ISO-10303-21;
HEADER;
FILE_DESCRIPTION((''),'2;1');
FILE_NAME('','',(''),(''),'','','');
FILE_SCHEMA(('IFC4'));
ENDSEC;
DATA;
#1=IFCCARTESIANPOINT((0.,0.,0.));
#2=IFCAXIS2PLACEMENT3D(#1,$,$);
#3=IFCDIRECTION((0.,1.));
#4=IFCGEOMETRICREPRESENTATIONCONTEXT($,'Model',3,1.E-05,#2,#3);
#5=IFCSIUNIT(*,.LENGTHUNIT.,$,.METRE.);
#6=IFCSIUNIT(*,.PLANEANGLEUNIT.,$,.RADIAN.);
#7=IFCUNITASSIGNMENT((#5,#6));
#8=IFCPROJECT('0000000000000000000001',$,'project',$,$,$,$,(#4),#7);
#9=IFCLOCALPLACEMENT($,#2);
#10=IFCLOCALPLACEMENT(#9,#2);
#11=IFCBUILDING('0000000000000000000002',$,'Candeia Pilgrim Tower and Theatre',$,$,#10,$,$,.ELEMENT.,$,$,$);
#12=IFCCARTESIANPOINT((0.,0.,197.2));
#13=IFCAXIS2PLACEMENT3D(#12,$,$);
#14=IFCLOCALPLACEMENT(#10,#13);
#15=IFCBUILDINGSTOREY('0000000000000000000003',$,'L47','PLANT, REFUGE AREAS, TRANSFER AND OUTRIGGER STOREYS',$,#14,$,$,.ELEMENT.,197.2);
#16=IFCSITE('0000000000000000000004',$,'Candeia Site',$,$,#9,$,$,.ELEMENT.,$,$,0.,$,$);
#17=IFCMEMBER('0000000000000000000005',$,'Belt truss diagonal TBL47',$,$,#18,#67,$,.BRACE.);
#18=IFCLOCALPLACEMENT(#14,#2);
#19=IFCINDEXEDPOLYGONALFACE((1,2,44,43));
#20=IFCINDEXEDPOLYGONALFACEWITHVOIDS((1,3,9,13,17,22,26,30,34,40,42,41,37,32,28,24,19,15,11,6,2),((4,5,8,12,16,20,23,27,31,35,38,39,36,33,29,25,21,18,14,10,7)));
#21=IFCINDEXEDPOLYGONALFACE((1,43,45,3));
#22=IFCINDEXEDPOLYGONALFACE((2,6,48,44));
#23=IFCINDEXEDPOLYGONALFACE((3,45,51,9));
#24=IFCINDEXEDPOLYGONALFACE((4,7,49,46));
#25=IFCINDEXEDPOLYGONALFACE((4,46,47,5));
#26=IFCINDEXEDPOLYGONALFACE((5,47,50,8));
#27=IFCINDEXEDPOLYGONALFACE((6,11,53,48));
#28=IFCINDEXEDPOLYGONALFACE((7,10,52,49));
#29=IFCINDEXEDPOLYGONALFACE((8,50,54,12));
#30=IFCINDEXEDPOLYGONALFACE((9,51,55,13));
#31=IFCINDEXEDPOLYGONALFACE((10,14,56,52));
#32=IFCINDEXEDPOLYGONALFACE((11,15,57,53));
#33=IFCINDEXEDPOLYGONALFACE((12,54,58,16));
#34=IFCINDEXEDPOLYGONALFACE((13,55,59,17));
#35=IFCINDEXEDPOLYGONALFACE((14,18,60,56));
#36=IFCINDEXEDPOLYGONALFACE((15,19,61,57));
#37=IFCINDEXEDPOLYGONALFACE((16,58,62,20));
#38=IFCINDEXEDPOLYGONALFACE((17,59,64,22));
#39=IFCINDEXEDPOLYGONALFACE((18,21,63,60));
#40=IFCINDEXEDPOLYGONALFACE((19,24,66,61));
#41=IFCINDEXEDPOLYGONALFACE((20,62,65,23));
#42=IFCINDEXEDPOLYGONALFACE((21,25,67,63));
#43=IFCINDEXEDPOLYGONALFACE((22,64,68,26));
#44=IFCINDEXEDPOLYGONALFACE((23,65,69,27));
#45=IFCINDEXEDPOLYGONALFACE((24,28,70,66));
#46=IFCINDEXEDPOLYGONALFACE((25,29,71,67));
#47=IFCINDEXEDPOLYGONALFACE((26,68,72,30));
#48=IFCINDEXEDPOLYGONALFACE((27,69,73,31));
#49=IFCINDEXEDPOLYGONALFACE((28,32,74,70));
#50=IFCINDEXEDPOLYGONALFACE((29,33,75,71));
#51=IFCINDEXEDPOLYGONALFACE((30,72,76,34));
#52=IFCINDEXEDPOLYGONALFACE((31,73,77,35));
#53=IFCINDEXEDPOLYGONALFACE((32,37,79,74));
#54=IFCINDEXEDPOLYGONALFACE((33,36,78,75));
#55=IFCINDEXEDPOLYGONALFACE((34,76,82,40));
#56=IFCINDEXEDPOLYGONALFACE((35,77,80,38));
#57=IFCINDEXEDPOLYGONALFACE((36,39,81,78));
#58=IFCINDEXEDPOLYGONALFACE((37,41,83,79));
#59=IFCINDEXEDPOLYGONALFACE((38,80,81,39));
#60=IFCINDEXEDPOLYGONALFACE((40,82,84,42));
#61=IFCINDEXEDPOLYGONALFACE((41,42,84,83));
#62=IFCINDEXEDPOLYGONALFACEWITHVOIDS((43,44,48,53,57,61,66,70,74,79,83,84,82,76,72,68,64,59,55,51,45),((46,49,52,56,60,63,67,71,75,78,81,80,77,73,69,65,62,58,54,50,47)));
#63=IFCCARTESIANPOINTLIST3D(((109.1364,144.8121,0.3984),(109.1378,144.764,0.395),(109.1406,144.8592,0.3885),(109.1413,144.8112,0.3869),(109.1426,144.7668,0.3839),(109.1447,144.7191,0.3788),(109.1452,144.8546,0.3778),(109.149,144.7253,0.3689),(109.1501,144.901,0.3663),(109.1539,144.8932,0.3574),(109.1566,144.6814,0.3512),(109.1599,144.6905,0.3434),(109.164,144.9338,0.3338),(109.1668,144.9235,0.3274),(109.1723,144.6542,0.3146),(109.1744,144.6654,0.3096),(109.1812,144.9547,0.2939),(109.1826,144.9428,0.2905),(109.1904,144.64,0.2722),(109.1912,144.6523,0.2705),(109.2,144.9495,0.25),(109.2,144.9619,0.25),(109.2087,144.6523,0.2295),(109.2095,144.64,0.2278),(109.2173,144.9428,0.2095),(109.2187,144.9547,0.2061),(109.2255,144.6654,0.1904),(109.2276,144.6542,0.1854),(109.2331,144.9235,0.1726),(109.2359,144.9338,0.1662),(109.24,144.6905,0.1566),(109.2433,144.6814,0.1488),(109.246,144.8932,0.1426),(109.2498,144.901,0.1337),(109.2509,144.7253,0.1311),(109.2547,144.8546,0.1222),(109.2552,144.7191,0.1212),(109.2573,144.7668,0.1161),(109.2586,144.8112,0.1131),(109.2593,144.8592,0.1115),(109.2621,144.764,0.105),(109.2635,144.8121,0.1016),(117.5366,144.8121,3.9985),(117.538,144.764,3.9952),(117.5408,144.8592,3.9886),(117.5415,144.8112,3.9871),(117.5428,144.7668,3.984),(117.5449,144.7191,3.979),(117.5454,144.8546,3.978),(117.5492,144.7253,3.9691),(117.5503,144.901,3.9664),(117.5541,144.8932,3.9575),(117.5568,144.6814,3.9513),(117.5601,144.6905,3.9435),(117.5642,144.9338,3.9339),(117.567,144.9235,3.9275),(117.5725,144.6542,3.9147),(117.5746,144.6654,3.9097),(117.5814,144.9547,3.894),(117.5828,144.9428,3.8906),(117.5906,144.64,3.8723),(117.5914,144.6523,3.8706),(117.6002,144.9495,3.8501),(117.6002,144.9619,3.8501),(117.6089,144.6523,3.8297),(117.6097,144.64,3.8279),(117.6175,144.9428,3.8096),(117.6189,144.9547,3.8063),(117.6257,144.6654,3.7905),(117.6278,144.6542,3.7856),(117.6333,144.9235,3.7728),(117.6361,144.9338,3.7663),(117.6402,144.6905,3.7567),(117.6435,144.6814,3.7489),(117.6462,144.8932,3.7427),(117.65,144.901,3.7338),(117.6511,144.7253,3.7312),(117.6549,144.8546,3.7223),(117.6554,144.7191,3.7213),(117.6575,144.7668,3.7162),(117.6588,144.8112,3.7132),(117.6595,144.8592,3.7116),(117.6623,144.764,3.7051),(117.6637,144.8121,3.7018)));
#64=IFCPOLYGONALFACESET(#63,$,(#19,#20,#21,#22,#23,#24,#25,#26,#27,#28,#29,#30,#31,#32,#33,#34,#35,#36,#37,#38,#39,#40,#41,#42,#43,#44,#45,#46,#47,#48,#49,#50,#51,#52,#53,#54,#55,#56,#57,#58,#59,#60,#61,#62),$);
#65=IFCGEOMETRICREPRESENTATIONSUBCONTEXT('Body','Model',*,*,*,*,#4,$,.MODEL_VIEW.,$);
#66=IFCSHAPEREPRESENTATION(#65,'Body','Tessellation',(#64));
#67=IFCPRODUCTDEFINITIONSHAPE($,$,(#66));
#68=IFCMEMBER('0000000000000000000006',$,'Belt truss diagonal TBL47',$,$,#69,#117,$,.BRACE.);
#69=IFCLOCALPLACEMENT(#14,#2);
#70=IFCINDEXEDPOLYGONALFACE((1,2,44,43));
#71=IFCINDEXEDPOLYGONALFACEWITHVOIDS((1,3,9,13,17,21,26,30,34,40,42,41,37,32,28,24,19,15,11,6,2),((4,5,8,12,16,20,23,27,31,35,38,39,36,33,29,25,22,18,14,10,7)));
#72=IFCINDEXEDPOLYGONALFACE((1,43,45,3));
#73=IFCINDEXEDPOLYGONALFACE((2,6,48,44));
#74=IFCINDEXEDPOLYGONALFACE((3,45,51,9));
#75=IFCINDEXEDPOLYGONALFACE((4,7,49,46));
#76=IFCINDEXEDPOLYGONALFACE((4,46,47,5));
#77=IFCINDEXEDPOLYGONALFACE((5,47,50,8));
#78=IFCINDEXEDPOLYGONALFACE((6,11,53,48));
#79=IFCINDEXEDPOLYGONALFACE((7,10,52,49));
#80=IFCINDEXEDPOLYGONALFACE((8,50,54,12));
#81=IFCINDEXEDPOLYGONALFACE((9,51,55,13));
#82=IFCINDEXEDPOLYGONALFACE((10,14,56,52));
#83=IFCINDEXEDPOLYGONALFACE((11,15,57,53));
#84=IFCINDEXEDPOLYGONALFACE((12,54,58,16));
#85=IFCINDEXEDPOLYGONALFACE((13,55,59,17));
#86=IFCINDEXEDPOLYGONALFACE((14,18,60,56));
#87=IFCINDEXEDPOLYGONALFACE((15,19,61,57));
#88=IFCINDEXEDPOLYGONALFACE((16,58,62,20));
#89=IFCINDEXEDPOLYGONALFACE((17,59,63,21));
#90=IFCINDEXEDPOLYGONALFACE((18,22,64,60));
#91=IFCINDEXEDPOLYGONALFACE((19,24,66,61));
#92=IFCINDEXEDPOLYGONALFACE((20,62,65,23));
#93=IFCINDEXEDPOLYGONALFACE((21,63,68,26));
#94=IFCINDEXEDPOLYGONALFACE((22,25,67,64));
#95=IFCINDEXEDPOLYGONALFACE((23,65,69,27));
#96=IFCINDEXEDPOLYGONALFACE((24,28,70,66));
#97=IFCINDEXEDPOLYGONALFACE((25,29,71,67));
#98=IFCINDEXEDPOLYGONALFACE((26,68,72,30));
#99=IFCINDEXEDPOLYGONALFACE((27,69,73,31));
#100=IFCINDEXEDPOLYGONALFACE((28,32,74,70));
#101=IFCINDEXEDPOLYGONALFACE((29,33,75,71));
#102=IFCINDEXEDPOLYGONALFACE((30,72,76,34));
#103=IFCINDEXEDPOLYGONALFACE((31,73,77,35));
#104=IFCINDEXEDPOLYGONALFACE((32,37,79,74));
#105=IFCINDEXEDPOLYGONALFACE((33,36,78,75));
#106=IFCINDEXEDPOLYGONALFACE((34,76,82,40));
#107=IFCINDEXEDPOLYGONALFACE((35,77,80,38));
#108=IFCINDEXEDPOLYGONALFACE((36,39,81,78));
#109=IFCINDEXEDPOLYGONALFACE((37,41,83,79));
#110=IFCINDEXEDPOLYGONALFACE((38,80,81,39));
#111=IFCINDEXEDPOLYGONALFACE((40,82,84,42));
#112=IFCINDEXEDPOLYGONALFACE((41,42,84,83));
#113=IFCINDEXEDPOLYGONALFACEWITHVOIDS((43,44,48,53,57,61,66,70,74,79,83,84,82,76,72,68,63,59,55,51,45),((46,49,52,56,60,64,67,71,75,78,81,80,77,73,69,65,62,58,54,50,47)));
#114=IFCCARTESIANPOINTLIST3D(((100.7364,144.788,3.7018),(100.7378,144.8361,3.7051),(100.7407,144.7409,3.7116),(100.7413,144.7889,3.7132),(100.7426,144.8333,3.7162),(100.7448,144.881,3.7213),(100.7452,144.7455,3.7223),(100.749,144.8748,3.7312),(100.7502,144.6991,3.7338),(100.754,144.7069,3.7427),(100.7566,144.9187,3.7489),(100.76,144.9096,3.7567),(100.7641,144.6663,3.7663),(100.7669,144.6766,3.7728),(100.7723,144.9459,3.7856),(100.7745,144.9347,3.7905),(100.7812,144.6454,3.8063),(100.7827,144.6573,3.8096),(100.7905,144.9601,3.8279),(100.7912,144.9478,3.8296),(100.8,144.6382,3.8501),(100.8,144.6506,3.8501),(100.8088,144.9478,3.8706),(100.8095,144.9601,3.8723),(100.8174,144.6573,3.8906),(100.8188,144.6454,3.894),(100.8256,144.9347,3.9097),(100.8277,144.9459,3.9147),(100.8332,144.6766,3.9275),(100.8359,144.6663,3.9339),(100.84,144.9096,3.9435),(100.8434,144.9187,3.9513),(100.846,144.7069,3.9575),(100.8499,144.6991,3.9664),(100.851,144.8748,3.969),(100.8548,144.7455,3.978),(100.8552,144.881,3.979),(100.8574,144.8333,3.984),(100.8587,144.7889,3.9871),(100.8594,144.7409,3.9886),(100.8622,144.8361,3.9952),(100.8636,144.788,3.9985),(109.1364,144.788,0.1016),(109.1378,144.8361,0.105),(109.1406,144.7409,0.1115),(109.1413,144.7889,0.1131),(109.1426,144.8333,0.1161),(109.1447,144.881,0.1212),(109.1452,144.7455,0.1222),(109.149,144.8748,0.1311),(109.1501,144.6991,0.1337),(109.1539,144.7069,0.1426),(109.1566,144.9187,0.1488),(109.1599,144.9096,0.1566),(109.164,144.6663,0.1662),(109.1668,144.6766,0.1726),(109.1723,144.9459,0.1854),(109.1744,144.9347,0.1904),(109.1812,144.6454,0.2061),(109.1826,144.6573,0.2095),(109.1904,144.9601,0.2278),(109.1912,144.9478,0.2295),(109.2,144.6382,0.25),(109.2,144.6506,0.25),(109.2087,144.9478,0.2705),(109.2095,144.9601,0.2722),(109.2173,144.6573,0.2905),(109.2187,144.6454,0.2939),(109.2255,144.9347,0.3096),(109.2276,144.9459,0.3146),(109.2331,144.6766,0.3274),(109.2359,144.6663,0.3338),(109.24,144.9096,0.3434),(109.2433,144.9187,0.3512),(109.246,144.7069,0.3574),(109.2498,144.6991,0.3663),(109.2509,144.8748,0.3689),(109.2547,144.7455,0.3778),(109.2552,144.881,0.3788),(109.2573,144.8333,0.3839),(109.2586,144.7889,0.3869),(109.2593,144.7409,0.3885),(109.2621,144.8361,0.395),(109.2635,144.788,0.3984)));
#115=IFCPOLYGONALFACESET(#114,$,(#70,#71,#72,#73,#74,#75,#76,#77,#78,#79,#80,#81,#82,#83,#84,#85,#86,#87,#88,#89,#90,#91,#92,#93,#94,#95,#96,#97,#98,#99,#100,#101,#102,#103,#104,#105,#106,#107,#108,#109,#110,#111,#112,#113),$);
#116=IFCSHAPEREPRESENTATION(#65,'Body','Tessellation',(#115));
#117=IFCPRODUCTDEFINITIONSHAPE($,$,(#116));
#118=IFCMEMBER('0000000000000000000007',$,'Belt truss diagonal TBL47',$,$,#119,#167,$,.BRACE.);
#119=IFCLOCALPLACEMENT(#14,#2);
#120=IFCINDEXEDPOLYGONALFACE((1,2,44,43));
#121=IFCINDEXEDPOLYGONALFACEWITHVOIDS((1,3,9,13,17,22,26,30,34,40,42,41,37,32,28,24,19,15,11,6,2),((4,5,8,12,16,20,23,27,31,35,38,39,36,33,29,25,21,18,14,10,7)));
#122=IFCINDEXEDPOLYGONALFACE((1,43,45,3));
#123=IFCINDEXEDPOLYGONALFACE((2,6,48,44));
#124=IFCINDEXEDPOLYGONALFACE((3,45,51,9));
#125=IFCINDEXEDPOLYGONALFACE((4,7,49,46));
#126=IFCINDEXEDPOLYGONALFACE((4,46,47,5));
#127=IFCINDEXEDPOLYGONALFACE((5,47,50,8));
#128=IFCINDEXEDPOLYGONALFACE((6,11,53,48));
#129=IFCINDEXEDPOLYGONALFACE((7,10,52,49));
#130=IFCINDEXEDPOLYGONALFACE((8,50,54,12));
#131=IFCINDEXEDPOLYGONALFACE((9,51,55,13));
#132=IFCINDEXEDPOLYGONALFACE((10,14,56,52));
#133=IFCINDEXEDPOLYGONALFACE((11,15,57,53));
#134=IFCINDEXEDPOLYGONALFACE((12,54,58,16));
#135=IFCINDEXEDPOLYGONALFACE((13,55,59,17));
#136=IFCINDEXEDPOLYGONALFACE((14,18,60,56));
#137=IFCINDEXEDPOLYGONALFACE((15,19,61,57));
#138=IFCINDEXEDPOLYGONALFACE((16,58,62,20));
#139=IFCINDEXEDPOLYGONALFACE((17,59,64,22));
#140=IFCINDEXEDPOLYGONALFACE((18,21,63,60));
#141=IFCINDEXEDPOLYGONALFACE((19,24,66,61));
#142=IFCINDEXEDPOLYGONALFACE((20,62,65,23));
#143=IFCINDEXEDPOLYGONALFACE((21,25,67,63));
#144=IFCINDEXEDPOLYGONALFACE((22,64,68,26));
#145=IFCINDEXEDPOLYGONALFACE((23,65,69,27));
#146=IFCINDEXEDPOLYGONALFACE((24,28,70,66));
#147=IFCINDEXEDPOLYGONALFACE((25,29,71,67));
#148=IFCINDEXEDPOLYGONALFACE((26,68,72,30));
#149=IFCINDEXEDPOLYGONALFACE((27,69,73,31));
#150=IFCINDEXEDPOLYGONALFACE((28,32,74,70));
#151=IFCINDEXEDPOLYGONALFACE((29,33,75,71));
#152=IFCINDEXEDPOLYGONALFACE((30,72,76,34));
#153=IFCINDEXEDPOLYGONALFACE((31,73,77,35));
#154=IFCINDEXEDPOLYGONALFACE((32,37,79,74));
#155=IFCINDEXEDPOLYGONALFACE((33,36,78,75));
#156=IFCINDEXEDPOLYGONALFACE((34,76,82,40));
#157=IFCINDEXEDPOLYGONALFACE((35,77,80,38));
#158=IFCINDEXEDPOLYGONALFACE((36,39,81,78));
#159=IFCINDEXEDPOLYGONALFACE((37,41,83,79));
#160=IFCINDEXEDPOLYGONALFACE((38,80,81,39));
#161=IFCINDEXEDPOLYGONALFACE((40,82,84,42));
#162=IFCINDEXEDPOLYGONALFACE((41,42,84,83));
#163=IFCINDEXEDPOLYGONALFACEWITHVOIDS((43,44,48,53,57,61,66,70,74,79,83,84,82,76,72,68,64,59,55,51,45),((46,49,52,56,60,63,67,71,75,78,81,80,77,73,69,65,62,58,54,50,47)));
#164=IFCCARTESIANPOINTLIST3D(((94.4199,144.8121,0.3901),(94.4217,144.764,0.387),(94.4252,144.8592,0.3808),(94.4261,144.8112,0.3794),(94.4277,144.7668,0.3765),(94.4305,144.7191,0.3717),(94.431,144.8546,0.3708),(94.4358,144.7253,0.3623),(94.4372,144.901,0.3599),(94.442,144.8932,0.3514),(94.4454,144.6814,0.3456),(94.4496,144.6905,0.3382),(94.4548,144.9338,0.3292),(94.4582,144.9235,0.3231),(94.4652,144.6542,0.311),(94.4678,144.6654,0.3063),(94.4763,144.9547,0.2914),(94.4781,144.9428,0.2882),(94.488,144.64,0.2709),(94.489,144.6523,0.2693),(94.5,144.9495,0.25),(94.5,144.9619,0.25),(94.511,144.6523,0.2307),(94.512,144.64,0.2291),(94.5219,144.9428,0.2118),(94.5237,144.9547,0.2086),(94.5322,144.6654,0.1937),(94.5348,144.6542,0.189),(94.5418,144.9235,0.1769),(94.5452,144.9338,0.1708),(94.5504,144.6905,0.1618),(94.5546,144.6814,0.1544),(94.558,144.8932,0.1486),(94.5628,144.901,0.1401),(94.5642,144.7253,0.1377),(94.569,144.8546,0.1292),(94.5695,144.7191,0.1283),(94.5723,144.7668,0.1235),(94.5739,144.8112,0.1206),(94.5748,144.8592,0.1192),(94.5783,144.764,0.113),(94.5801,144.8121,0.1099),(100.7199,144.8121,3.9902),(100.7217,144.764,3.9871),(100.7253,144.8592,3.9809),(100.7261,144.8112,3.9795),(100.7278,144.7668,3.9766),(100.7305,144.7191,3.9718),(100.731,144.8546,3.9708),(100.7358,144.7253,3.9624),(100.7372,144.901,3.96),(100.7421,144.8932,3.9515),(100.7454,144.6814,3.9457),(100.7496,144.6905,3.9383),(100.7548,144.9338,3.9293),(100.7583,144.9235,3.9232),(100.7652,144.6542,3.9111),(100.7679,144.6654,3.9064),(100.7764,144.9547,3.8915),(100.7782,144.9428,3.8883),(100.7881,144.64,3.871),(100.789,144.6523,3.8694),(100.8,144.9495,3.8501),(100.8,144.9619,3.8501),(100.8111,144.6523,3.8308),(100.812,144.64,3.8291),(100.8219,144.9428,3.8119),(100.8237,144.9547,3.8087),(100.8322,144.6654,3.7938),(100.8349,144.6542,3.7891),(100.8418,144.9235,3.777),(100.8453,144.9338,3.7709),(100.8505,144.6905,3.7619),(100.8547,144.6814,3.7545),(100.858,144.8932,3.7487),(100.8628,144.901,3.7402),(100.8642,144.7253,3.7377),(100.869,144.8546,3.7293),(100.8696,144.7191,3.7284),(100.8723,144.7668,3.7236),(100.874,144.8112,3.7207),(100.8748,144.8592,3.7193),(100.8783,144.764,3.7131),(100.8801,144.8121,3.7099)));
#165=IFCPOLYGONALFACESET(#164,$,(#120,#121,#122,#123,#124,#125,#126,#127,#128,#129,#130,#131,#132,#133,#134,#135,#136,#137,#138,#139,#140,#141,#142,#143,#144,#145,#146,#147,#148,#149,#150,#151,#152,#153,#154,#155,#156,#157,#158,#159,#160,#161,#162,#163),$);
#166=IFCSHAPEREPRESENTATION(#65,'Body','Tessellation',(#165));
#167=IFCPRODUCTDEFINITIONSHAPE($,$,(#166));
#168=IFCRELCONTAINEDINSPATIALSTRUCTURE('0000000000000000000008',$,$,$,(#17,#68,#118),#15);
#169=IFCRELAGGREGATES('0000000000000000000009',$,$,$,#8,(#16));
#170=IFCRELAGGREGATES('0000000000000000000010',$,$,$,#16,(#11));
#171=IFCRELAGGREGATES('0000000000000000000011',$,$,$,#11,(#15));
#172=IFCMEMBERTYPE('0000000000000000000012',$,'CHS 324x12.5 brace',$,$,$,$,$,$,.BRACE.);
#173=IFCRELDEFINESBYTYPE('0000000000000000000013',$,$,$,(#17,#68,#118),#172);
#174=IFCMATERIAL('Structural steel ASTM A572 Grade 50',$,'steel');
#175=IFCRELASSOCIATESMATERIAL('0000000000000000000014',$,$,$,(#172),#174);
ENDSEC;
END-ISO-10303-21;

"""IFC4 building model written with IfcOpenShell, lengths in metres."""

from ifc_helpers import new_model, si_unit, direction, frame, origin, origin_2d, place, context, subcontext, project, spatial, hollow_circle, extrude, material, material_profile, profile_set, type_object, element, save


model = new_model("IFC4")

# Units and contexts
model_context = context("Model", 3, precision=1e-05, world=origin(), true_north=direction((0.0, 1.0)))
body_context = subcontext(model_context, "Body", "Model", "MODEL_VIEW")
ifc_project = project(units=[si_unit("LENGTHUNIT", "METRE"), si_unit("PLANEANGLEUNIT", "RADIAN")], contexts=[model_context])

# Site, building, storey
site_placement = place(None, origin())
site = spatial("IfcSite", under=ifc_project, at=site_placement, Name="Candeia Site", CompositionType="ELEMENT", RefElevation=0.0)
building_placement = place(site_placement, origin())
building = spatial("IfcBuilding", under=site, at=building_placement, Name="Candeia Pilgrim Tower and Theatre", CompositionType="ELEMENT")
storey_placement = place(building_placement, frame((0.0, 0.0, 197.2)))
storey = spatial("IfcBuildingStorey", under=building, at=storey_placement, Name="L47", Description="PLANT, REFUGE AREAS, TRANSFER AND OUTRIGGER STOREYS", CompositionType="ELEMENT", Elevation=197.2)

# Members
ifc_material_1 = material(Name="Structural steel ASTM A572 Grade 50", Category="steel")
ifc_material_profile_1 = material_profile(ifc_material_1, hollow_circle(Radius=0.1619, WallThickness=0.0125, at=origin_2d()))
ifc_profile_set_1 = profile_set([ifc_material_profile_1], Name="Structural steel ASTM A572 Grade 50")
member_type_1 = type_object("IfcMemberType", Name="CHS 324x12.5 brace", PredefinedType="BRACE", material=ifc_profile_set_1)
member_1_placement = place(storey_placement, frame((109.2, 144.8, 0.25), z_axis=(0.919144, 0.0, 0.393923), x_axis=(0.0, 1.0, 0.0)))
element("IfcMember", 1, at=member_1_placement, inside=storey, type_object=member_type_1, Name="Belt truss diagonal TBL47", PredefinedType="BRACE", context=body_context, shape_type="SweptSolid", body=[
    extrude(hollow_circle(Radius=0.1619, WallThickness=0.0125, at=origin_2d()), origin(), (0.0, 0.0, 1.0), 9.1392),
])
member_2_placement = place(storey_placement, frame((109.2, 144.8, 0.25), z_axis=(-0.91914, 0.0, 0.393932), x_axis=(0.0, -1.0, 0.0)))
element("IfcMember", 2, at=member_2_placement, inside=storey, type_object=member_type_1, Name="Belt truss diagonal TBL47", PredefinedType="BRACE", context=body_context, shape_type="SweptSolid", body=[
    extrude(hollow_circle(Radius=0.1619, WallThickness=0.0125, at=origin_2d()), origin(), (0.0, 0.0, 1.0), 9.1389),
])
member_3_placement = place(storey_placement, frame((94.5, 144.8, 0.25), z_axis=(0.868239, 0.0, 0.496146), x_axis=(0.0, 1.0, 0.0)))
element("IfcMember", 3, at=member_3_placement, inside=storey, type_object=member_type_1, Name="Belt truss diagonal TBL47", PredefinedType="BRACE", context=body_context, shape_type="SweptSolid", body=[
    extrude(hollow_circle(Radius=0.1619, WallThickness=0.0125, at=origin_2d()), origin(), (0.0, 0.0, 1.0), 7.2561),
])

save(model, "model.ifc")
